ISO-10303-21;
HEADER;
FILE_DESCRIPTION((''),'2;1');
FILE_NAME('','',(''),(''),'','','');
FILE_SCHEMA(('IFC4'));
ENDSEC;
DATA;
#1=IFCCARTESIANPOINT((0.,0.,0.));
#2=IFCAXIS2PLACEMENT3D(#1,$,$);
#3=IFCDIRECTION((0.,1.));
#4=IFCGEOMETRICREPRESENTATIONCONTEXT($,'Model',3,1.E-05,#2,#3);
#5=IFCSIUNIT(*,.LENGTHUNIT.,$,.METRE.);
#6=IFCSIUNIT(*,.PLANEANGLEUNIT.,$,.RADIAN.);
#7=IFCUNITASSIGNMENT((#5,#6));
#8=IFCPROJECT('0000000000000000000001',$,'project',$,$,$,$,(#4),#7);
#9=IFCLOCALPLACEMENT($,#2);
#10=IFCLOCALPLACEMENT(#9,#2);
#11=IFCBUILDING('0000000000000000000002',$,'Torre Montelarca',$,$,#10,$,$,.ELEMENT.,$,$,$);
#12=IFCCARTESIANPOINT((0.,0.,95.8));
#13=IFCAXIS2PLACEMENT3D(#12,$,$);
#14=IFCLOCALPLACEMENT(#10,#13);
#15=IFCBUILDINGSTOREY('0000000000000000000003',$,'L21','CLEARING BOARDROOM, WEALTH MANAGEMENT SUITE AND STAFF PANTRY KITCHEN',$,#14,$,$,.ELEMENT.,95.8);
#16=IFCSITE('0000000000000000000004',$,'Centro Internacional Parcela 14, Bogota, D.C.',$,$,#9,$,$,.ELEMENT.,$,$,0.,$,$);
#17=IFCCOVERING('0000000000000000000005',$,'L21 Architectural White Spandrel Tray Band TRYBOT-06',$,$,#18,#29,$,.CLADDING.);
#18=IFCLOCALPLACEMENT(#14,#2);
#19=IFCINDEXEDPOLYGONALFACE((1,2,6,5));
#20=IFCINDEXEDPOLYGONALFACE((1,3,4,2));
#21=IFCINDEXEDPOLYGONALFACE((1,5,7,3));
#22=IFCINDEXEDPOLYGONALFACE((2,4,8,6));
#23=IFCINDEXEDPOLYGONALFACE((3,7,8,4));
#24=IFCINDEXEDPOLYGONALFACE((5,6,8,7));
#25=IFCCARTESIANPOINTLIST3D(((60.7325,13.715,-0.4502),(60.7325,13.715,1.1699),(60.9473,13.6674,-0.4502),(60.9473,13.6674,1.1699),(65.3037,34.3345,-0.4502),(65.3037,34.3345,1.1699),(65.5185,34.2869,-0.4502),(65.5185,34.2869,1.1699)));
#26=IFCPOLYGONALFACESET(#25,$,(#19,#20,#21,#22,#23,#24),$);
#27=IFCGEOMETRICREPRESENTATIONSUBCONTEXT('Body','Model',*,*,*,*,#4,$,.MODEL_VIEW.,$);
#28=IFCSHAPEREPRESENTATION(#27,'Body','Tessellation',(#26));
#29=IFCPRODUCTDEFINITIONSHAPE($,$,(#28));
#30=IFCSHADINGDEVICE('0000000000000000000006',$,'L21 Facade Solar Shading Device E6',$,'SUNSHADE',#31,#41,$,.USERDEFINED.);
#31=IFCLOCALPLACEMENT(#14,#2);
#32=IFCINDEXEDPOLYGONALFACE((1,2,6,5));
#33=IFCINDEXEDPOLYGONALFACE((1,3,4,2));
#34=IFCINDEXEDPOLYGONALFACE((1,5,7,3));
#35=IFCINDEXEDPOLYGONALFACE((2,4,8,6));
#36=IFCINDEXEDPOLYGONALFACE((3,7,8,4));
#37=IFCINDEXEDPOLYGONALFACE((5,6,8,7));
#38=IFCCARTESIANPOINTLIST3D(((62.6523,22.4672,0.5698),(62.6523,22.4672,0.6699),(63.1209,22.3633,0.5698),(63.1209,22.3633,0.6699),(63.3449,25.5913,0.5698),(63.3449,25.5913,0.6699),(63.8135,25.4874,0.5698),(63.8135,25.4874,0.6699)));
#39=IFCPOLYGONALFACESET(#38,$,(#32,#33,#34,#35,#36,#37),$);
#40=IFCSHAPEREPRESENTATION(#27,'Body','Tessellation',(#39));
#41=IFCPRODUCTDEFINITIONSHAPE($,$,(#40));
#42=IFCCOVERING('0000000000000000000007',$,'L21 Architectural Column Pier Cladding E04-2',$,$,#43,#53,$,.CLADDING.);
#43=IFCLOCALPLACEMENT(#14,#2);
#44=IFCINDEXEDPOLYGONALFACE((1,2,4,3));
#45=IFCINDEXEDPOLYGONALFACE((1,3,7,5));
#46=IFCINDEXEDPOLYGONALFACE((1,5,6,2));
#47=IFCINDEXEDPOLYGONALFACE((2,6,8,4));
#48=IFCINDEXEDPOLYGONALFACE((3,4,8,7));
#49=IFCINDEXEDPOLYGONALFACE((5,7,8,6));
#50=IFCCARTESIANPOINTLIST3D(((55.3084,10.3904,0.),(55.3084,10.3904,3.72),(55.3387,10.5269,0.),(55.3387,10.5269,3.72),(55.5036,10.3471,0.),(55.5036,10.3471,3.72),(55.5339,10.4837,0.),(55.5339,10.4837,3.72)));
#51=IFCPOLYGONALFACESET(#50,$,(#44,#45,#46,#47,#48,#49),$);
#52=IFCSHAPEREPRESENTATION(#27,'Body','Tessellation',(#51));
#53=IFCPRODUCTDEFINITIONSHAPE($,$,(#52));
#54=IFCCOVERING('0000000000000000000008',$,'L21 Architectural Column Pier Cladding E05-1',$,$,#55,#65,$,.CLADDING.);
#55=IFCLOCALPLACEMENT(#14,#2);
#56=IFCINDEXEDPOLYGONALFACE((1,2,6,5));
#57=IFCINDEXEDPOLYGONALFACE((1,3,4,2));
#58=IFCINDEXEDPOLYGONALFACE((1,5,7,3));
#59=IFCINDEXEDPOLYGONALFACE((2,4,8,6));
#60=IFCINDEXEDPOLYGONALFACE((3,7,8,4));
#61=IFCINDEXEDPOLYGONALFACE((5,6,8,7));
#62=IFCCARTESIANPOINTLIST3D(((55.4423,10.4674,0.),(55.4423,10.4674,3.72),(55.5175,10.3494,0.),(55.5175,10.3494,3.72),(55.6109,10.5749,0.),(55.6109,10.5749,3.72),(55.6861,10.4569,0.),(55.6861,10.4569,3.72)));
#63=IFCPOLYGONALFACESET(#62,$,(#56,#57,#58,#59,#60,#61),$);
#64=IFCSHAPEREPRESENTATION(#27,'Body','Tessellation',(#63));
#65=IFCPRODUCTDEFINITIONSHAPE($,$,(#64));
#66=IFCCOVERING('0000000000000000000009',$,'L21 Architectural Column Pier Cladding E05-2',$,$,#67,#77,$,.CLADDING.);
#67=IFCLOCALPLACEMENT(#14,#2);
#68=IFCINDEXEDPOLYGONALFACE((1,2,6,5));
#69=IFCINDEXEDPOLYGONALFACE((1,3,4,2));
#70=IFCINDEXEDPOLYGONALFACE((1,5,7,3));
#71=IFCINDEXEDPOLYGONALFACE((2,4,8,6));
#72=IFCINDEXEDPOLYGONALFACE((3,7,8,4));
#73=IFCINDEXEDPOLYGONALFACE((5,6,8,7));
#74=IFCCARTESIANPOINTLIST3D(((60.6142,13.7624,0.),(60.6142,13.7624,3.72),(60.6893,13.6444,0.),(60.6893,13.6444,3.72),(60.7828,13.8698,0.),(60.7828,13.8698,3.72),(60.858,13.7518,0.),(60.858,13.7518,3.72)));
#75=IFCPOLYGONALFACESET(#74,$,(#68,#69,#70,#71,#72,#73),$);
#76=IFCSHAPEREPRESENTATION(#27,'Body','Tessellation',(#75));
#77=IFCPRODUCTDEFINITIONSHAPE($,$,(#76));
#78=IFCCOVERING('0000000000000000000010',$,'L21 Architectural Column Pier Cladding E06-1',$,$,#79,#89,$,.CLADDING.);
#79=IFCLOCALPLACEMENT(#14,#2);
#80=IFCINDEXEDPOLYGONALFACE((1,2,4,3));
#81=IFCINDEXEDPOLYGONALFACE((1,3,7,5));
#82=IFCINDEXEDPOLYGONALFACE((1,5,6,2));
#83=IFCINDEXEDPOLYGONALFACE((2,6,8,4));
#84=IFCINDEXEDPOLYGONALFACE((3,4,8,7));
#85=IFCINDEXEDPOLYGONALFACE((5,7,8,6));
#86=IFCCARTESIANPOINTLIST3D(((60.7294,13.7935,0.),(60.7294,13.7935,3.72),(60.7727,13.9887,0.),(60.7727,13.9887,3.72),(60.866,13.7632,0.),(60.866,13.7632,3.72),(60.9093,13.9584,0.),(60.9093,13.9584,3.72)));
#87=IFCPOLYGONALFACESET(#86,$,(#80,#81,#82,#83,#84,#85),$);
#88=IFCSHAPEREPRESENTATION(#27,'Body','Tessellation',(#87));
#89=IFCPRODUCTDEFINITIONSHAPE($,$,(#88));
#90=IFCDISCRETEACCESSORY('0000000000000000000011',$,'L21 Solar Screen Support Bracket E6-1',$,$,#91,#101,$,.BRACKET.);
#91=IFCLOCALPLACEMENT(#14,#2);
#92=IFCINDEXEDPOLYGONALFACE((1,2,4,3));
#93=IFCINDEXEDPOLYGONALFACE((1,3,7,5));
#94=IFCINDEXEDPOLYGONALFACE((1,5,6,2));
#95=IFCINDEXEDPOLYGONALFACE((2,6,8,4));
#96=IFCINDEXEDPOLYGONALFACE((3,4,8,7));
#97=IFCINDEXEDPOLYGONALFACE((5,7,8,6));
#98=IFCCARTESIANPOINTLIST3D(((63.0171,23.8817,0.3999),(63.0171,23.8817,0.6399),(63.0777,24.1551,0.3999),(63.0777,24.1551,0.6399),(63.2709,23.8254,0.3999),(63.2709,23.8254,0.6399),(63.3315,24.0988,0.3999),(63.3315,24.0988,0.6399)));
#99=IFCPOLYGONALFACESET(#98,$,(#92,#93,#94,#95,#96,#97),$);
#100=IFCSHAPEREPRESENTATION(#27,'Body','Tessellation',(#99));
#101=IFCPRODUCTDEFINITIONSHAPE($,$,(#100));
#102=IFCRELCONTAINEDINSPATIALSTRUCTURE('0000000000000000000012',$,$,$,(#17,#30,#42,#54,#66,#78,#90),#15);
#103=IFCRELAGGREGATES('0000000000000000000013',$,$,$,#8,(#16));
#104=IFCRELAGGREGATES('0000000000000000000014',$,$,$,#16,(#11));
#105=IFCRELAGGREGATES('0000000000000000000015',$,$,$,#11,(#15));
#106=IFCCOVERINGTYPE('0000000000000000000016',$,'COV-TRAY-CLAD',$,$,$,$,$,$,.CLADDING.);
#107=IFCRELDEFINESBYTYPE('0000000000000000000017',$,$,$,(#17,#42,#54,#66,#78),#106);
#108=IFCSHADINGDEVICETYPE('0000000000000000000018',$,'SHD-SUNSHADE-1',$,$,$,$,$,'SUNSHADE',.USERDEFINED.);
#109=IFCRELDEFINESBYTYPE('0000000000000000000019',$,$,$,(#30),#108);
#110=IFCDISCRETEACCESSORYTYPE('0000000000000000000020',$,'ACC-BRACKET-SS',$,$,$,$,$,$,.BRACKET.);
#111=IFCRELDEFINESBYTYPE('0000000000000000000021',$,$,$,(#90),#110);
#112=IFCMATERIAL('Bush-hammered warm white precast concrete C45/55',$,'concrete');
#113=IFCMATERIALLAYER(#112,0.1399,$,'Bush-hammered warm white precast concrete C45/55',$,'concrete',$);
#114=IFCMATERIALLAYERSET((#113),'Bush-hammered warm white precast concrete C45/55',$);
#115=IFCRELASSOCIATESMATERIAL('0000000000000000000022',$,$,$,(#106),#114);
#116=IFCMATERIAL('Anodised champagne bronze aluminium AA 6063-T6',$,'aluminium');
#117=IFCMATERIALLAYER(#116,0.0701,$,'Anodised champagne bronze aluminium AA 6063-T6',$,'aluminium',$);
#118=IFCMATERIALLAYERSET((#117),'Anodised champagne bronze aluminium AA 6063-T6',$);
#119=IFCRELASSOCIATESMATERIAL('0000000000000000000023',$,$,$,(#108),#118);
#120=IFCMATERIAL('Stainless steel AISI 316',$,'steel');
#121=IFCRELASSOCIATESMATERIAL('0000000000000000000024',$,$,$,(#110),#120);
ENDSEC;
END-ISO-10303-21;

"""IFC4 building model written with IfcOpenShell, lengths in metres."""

from ifc_helpers import new_model, si_unit, direction, frame, origin, origin_2d, place, context, subcontext, project, spatial, rectangle, extrude, source, transform, mapped, material, layer, layer_set, type_object, element, save


model = new_model("IFC4")

# Units and contexts
model_context = context("Model", 3, precision=1e-05, world=origin(), true_north=direction((0.0, 1.0)))
body_context = subcontext(model_context, "Body", "Model", "MODEL_VIEW")
ifc_project = project(units=[si_unit("LENGTHUNIT", "METRE"), si_unit("PLANEANGLEUNIT", "RADIAN")], contexts=[model_context])

# Site, building, storey
site_placement = place(None, origin())
site = spatial("IfcSite", under=ifc_project, at=site_placement, Name="Centro Internacional Parcela 14, Bogota, D.C.", CompositionType="ELEMENT", RefElevation=0.0)
building_placement = place(site_placement, origin())
building = spatial("IfcBuilding", under=site, at=building_placement, Name="Torre Montelarca", CompositionType="ELEMENT")
storey_placement = place(building_placement, frame((0.0, 0.0, 95.8)))
storey = spatial("IfcBuildingStorey", under=building, at=storey_placement, Name="L21", Description="CLEARING BOARDROOM, WEALTH MANAGEMENT SUITE AND STAFF PANTRY KITCHEN", CompositionType="ELEMENT", Elevation=95.8)

# Covering
ifc_material_1 = material(Name="Bush-hammered warm white precast concrete C45/55", Category="concrete")
ifc_layer_1 = layer(ifc_material_1, 0.1399, Name="Bush-hammered warm white precast concrete C45/55", Category="concrete")
ifc_layer_set_1 = layer_set([ifc_layer_1], Name="Bush-hammered warm white precast concrete C45/55")
covering_type = type_object("IfcCoveringType", Name="COV-TRAY-CLAD", PredefinedType="CLADDING", material=ifc_layer_set_1)
shared_shape_1 = source(origin(), body_context, "Body", "SweptSolid", [
    extrude(rectangle(XDim=21.1201, YDim=0.22, at=origin_2d()), origin(), (0.0, 0.0, 1.0), 1.6201),
])
covering_1_placement = place(storey_placement, frame((63.1255, 24.001, -0.4502), z_axis=(0.0, 0.0, 1.0), x_axis=(0.216438, 0.976296, 0.0)))
element("IfcCovering", 1, at=covering_1_placement, inside=storey, type_object=covering_type, Name="L21 Architectural White Spandrel Tray Band TRYBOT-06", PredefinedType="CLADDING", context=body_context, shape_type="MappedRepresentation", body=[
    mapped(shared_shape_1, transform((0.0, 0.0, 0.0), scale=1.0)),
])

# Shading device
ifc_material_2 = material(Name="Anodised champagne bronze aluminium AA 6063-T6", Category="aluminium")
ifc_layer_2 = layer(ifc_material_2, 0.0701, Name="Anodised champagne bronze aluminium AA 6063-T6", Category="aluminium")
ifc_layer_set_2 = layer_set([ifc_layer_2], Name="Anodised champagne bronze aluminium AA 6063-T6")
shading_device_type = type_object("IfcShadingDeviceType", Name="SHD-SUNSHADE-1", ElementType="SUNSHADE", PredefinedType="USERDEFINED", material=ifc_layer_set_2)
shared_shape_2 = source(origin(), body_context, "Body", "SweptSolid", [
    extrude(rectangle(XDim=3.2, YDim=0.48, at=origin_2d()), origin(), (0.0, 0.0, 1.0), 0.1001),
])
shading_device_placement = place(storey_placement, frame((63.2329, 23.9773, 0.5698), z_axis=(0.0, 0.0, 1.0), x_axis=(0.216438, 0.976296, 0.0)))
element("IfcShadingDevice", 2, at=shading_device_placement, inside=storey, type_object=shading_device_type, Name="L21 Facade Solar Shading Device E6", ObjectType="SUNSHADE", PredefinedType="USERDEFINED", context=body_context, shape_type="MappedRepresentation", body=[
    mapped(shared_shape_2, transform((0.0, 0.0, 0.0), scale=1.0)),
])

# Coverings
shared_shape_3 = source(origin(), body_context, "Body", "SweptSolid", [
    extrude(rectangle(XDim=0.2, YDim=0.1399, at=origin_2d()), origin(), (0.0, 0.0, 1.0), 3.72),
])
for number, where, z_axis, x_axis, name in (
    (3, (55.4211, 10.437, 0.0), (0.0, 0.0, 1.0), (0.976298, -0.216433, 0.0), "L21 Architectural Column Pier Cladding E04-2"),
    (4, (55.5642, 10.4622, 0.0), (0.0, 0.0, 1.0), (0.84339, 0.537303, 0.0), "L21 Architectural Column Pier Cladding E05-1"),
    (5, (60.7361, 13.7571, 0.0), (0.0, 0.0, 1.0), (0.84339, 0.537303, 0.0), "L21 Architectural Column Pier Cladding E05-2"),
    (6, (60.8193, 13.876, 0.0), (0.0, 0.0, 1.0), (0.216438, 0.976296, 0.0), "L21 Architectural Column Pier Cladding E06-1"),
):
    element("IfcCovering", number, at=place(storey_placement, frame(where, z_axis=z_axis, x_axis=x_axis)), inside=storey, type_object=covering_type, Name=name, PredefinedType="CLADDING", context=body_context, shape_type="MappedRepresentation", body=[
        mapped(shared_shape_3, transform((0.0, 0.0, 0.0), scale=1.0)),
    ])

# Discrete accessory
ifc_material_3 = material(Name="Stainless steel AISI 316", Category="steel")
discrete_accessory_type = type_object("IfcDiscreteAccessoryType", Name="ACC-BRACKET-SS", PredefinedType="BRACKET", material=ifc_material_3)
shared_shape_4 = source(origin(), body_context, "Body", "SweptSolid", [
    extrude(rectangle(XDim=0.28, YDim=0.26, at=origin_2d()), origin(), (0.0, 0.0, 1.0), 0.24),
])
discrete_accessory_placement = place(storey_placement, frame((63.1743, 23.9902, 0.3999), z_axis=(0.0, 0.0, 1.0), x_axis=(0.216438, 0.976296, 0.0)))
element("IfcDiscreteAccessory", 7, at=discrete_accessory_placement, inside=storey, type_object=discrete_accessory_type, Name="L21 Solar Screen Support Bracket E6-1", PredefinedType="BRACKET", context=body_context, shape_type="MappedRepresentation", body=[
    mapped(shared_shape_4, transform((0.0, 0.0, 0.0), scale=1.0)),
])

save(model, "model.ifc")
